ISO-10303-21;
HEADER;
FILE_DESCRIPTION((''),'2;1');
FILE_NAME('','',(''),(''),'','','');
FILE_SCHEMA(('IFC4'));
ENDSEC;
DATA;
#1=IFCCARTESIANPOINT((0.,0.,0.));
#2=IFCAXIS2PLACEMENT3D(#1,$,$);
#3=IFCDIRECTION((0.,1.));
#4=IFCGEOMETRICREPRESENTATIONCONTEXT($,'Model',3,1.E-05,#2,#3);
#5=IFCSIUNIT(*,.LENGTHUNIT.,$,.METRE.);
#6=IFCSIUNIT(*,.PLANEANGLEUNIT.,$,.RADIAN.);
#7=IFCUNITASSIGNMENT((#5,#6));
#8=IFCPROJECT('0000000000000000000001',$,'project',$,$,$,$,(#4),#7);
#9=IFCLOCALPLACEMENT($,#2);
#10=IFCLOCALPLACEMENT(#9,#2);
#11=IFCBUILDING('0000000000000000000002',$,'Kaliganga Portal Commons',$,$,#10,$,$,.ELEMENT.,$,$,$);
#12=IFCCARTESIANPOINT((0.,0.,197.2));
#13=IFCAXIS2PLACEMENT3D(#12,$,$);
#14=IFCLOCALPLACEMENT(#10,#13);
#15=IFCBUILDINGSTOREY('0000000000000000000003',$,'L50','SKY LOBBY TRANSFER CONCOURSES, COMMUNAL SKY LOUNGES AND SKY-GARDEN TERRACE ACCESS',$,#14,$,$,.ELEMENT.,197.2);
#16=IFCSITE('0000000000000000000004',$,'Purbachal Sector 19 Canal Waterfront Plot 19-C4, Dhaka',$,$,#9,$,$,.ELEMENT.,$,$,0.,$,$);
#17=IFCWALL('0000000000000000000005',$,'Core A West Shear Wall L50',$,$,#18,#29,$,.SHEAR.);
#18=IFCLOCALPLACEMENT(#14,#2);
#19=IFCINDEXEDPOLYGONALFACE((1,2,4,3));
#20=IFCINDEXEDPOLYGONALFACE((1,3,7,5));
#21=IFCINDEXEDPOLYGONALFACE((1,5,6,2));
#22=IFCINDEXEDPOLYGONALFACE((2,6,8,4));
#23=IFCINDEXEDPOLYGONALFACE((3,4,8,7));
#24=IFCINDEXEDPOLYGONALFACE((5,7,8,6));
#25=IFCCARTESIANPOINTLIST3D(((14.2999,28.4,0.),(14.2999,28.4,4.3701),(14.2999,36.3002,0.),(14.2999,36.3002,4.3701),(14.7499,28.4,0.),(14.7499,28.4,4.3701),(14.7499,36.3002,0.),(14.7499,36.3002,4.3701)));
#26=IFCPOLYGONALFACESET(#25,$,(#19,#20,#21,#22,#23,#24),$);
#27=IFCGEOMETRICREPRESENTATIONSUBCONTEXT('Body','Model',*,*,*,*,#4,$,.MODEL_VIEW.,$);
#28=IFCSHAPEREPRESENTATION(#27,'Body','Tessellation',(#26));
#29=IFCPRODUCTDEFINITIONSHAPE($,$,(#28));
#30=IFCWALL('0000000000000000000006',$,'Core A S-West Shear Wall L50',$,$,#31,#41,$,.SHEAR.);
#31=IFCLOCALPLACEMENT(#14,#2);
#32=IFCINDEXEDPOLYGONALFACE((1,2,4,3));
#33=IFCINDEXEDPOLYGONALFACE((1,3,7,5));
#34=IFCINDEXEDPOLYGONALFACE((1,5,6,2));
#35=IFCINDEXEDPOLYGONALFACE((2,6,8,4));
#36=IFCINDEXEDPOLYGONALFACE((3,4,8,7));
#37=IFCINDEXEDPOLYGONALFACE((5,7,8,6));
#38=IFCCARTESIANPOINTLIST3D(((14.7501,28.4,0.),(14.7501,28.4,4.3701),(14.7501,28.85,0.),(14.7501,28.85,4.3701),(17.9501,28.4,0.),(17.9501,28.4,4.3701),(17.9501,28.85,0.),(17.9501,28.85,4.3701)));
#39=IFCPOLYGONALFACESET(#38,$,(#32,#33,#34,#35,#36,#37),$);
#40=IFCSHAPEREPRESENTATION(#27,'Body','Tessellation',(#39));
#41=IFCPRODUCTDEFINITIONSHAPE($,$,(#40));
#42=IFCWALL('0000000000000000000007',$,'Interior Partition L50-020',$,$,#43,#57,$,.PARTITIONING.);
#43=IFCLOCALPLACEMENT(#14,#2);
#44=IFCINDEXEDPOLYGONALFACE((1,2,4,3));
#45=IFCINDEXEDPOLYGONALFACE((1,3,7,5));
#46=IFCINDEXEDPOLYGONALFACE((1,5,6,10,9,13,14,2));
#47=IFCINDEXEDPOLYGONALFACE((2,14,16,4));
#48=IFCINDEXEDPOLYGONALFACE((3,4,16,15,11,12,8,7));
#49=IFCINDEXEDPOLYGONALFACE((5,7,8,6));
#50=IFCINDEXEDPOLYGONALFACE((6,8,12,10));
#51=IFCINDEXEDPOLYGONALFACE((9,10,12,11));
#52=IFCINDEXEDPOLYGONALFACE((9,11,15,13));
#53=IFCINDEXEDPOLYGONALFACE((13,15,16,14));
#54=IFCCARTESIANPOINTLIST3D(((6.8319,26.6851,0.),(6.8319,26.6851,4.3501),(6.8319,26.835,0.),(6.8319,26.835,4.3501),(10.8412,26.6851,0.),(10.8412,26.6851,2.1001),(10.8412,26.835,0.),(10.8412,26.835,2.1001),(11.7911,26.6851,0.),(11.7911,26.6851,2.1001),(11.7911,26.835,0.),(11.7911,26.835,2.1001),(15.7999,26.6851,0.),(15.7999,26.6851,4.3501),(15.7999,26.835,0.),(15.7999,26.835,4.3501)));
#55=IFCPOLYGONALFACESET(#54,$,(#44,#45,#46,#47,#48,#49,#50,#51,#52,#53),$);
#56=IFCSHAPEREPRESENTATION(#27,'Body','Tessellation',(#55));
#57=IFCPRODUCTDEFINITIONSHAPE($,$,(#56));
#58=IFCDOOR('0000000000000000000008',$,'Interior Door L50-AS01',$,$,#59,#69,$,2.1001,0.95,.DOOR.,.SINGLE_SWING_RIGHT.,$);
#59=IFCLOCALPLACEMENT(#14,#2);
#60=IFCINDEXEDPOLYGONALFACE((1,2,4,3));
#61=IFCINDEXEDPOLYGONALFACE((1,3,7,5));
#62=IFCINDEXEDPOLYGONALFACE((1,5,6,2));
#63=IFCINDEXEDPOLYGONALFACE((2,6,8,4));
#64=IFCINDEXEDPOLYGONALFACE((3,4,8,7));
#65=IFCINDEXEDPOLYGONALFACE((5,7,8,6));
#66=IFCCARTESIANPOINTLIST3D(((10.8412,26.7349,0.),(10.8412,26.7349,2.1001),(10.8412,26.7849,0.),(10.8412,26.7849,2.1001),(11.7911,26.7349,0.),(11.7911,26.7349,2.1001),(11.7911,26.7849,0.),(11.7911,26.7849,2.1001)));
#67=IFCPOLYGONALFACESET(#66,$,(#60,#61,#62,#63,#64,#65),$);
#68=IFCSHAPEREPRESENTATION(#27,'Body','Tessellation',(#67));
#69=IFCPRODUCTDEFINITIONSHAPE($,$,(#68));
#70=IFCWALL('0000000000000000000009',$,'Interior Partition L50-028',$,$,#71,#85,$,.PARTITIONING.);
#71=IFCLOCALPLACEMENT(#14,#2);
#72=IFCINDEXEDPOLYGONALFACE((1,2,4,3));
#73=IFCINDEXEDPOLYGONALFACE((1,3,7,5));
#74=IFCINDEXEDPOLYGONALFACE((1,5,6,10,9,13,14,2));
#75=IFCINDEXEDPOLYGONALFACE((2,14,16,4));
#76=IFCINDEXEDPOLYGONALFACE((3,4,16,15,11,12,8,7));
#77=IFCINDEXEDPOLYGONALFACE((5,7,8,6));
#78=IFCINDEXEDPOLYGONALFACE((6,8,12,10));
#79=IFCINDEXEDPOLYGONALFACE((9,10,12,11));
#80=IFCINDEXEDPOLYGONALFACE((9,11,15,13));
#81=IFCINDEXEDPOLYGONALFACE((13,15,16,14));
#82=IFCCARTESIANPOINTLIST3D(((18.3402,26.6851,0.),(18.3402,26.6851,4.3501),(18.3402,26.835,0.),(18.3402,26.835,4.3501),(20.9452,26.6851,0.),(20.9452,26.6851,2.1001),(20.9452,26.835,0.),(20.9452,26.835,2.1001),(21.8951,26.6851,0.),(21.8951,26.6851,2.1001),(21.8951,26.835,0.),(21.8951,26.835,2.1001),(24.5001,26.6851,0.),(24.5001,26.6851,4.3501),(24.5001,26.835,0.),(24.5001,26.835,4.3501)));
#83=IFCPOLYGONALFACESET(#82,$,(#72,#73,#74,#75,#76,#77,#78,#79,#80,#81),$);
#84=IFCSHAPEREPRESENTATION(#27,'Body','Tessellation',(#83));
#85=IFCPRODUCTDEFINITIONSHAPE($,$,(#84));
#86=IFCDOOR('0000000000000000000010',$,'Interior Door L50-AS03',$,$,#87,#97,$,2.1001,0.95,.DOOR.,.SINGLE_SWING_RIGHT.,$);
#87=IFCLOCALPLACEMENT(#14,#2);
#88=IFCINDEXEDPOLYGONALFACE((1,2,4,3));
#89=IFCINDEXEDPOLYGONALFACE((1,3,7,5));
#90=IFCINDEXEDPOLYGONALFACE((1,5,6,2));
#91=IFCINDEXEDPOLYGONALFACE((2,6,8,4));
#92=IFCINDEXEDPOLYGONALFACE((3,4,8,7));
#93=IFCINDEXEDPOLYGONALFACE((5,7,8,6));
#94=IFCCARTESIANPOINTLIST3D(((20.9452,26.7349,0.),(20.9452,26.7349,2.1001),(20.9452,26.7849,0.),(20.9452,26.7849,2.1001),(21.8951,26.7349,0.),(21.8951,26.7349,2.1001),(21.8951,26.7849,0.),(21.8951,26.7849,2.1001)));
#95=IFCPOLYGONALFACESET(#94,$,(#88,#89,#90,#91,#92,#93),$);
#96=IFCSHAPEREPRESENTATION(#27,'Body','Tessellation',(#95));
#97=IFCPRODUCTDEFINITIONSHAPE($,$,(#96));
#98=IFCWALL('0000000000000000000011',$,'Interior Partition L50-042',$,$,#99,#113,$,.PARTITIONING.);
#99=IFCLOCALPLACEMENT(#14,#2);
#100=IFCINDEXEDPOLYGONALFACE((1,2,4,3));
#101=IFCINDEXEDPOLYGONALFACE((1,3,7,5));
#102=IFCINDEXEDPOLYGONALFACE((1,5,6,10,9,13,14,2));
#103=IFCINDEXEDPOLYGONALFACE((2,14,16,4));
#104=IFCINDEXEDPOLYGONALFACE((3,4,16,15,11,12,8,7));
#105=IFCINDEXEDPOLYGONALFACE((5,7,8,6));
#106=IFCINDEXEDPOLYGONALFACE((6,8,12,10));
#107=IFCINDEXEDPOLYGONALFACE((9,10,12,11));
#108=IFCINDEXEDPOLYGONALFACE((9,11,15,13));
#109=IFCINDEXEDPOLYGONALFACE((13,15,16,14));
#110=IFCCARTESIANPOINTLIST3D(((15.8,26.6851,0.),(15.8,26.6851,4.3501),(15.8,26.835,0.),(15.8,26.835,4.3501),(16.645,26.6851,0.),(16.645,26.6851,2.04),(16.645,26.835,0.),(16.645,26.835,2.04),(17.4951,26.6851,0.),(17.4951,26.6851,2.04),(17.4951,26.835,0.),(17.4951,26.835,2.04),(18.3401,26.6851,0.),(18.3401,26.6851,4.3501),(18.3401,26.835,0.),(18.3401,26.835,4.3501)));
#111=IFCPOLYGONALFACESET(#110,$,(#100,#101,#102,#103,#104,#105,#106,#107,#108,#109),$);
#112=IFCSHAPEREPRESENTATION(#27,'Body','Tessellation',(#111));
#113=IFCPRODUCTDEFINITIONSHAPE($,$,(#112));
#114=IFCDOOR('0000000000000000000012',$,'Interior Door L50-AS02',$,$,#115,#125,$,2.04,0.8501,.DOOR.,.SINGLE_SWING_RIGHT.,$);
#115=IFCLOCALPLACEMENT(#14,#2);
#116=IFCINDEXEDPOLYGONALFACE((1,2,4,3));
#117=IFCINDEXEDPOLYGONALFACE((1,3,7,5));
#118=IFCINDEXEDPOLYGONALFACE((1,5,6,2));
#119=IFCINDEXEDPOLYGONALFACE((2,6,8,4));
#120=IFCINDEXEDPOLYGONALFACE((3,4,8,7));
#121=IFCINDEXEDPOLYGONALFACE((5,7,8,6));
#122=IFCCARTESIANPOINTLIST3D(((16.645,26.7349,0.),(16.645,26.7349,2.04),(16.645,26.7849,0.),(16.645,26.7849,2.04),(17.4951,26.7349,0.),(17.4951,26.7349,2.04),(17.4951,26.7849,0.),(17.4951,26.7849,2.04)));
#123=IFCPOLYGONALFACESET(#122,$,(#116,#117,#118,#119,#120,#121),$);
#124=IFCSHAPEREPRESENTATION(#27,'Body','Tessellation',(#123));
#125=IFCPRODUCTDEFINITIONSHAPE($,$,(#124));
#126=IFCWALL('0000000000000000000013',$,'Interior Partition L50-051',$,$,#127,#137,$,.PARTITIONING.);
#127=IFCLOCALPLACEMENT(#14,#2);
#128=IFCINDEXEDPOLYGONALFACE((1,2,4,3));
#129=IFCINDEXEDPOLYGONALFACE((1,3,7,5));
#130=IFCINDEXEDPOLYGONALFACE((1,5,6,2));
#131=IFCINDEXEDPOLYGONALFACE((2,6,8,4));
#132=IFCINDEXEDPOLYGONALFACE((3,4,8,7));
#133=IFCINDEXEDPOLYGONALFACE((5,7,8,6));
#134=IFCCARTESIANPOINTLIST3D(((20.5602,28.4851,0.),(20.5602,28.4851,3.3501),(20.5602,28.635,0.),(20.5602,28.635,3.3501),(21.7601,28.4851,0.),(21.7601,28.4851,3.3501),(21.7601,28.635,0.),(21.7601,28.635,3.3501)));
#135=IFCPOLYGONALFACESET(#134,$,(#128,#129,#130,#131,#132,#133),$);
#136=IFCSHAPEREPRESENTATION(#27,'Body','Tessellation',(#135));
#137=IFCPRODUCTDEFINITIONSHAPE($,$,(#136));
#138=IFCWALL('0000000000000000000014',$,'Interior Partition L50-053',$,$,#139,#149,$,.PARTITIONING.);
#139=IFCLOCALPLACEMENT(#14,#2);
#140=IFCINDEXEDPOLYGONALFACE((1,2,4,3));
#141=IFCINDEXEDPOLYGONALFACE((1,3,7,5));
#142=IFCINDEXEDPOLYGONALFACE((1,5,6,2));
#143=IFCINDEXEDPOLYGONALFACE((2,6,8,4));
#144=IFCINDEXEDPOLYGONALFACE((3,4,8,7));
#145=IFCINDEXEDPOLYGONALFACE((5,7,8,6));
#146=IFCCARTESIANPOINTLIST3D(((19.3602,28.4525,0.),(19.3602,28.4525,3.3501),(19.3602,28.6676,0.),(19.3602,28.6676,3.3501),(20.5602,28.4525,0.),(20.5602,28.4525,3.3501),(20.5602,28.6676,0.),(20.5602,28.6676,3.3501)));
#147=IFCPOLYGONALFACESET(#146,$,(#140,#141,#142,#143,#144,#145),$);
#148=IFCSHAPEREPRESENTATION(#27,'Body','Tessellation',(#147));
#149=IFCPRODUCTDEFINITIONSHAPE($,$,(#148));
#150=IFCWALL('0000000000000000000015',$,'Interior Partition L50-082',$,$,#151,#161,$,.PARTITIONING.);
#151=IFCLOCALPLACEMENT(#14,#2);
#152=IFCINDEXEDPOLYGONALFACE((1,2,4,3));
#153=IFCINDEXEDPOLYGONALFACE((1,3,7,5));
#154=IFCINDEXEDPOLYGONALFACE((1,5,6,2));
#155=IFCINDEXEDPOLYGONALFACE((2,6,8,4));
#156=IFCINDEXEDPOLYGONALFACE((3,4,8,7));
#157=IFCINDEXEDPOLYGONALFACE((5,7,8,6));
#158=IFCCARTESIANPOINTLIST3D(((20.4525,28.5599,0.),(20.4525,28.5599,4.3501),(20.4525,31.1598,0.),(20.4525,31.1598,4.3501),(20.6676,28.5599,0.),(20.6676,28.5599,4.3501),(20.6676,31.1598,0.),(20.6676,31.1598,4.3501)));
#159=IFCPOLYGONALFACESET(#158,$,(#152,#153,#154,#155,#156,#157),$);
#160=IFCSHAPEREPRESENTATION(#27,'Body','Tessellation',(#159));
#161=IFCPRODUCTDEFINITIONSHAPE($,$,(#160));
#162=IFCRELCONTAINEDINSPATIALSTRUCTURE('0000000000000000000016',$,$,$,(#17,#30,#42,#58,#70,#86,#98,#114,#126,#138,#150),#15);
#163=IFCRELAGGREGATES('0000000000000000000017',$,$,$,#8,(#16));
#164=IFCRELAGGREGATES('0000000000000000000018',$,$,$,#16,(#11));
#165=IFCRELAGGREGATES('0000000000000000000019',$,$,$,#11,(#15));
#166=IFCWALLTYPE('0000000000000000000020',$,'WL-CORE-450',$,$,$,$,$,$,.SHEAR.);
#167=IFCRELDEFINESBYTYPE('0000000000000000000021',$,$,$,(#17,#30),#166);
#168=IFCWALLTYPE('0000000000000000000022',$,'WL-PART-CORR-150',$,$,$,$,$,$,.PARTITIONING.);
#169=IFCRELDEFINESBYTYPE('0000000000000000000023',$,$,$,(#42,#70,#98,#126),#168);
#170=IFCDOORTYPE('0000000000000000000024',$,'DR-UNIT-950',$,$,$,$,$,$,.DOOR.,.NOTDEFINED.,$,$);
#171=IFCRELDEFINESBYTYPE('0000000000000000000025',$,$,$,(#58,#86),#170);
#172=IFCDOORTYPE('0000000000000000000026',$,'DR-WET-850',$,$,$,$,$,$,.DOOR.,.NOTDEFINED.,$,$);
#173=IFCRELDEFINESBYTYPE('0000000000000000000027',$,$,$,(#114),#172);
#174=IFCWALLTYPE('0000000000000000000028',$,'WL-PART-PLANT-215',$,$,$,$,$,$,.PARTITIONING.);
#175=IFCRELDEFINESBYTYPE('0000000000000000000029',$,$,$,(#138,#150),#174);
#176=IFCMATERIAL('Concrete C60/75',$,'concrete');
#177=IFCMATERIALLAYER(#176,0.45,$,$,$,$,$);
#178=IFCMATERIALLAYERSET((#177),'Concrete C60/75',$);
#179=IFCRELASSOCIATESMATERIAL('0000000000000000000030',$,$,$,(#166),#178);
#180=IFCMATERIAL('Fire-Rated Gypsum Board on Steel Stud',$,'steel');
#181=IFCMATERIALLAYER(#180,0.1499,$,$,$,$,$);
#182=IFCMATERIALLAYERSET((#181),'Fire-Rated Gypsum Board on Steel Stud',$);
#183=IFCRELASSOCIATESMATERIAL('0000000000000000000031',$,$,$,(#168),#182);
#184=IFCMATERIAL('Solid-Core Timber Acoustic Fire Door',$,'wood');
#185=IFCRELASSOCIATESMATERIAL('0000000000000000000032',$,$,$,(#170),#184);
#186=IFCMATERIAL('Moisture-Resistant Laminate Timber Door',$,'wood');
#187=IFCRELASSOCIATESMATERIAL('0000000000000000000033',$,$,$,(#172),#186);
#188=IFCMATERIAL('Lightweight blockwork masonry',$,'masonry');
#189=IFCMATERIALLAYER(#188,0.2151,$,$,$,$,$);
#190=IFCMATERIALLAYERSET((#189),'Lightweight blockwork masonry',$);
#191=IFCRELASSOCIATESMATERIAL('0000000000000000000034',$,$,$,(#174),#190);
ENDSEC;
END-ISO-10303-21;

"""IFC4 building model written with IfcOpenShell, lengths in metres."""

from ifc_helpers import new_model, si_unit, direction, frame, frame_2d, origin, place, context, subcontext, project, spatial, rectangle, extrude, material, layer, layer_set, type_object, element, fill, save


model = new_model("IFC4")

# Units and contexts
model_context = context("Model", 3, precision=1e-05, world=origin(), true_north=direction((0.0, 1.0)))
body_context = subcontext(model_context, "Body", "Model", "MODEL_VIEW")
ifc_project = project(units=[si_unit("LENGTHUNIT", "METRE"), si_unit("PLANEANGLEUNIT", "RADIAN")], contexts=[model_context])

# Site, building, storey
site_placement = place(None, origin())
site = spatial("IfcSite", under=ifc_project, at=site_placement, Name="Purbachal Sector 19 Canal Waterfront Plot 19-C4, Dhaka", CompositionType="ELEMENT", RefElevation=0.0)
building_placement = place(site_placement, origin())
building = spatial("IfcBuilding", under=site, at=building_placement, Name="Kaliganga Portal Commons", CompositionType="ELEMENT")
storey_placement = place(building_placement, frame((0.0, 0.0, 197.2)))
storey = spatial("IfcBuildingStorey", under=building, at=storey_placement, Name="L50", Description="SKY LOBBY TRANSFER CONCOURSES, COMMUNAL SKY LOUNGES AND SKY-GARDEN TERRACE ACCESS", CompositionType="ELEMENT", Elevation=197.2)

# Walls
ifc_material_1 = material(Name="Concrete C60/75", Category="concrete")
ifc_layer_1 = layer(ifc_material_1, 0.45)
ifc_layer_set_1 = layer_set([ifc_layer_1], Name="Concrete C60/75")
wall_type_1 = type_object("IfcWallType", Name="WL-CORE-450", PredefinedType="SHEAR", material=ifc_layer_set_1)
wall_1_placement = place(storey_placement, frame((14.5249, 28.3999, 0.0), z_axis=(0.0, 0.0, 1.0), x_axis=(0.0, 1.0, 0.0)))
element("IfcWall", 1, at=wall_1_placement, inside=storey, type_object=wall_type_1, Name="Core A West Shear Wall L50", PredefinedType="SHEAR", context=body_context, shape_type="SweptSolid", body=[
    extrude(rectangle(XDim=7.9001, YDim=0.45, at=frame_2d((3.9502, 0.0))), origin(), (0.0, 0.0, 1.0), 4.3701),
])
wall_2_placement = place(storey_placement, frame((14.75, 28.625, 0.0), z_axis=(0.0, 0.0, 1.0), x_axis=(1.0, 0.0, 0.0)))
element("IfcWall", 2, at=wall_2_placement, inside=storey, type_object=wall_type_1, Name="Core A S-West Shear Wall L50", PredefinedType="SHEAR", context=body_context, shape_type="SweptSolid", body=[
    extrude(rectangle(XDim=3.2, YDim=0.45, at=frame_2d((1.6001, 0.0))), origin(), (0.0, 0.0, 1.0), 4.3701),
])

# Walls, openings, doors
ifc_material_2 = material(Name="Fire-Rated Gypsum Board on Steel Stud", Category="steel")
ifc_layer_2 = layer(ifc_material_2, 0.1499)
ifc_layer_set_2 = layer_set([ifc_layer_2], Name="Fire-Rated Gypsum Board on Steel Stud")
wall_type_2 = type_object("IfcWallType", Name="WL-PART-CORR-150", PredefinedType="PARTITIONING", material=ifc_layer_set_2)
wall_3_placement = place(storey_placement, frame((6.832, 26.76, 0.0), z_axis=(0.0, 0.0, 1.0), x_axis=(1.0, 0.0, 0.0)))
wall_3 = element("IfcWall", 3, at=wall_3_placement, inside=storey, type_object=wall_type_2, Name="Interior Partition L50-020", PredefinedType="PARTITIONING", context=body_context, shape_type="SweptSolid", body=[
    extrude(rectangle(XDim=8.968, YDim=0.1499, at=frame_2d((4.4839, 0.0))), origin(), (0.0, 0.0, 1.0), 4.3501),
])
opening_1_placement = place(wall_3_placement, frame((4.009, 0.0, 0.0)))
opening_1 = element("IfcOpeningElement", 4, at=opening_1_placement, cuts=wall_3, PredefinedType="OPENING", context=body_context, shape_type="SweptSolid", body=[
    extrude(rectangle(XDim=0.95, YDim=2.1001, at=frame_2d((0.4751, 1.05))), frame((0.0, 0.085, 0.0), z_axis=(0.0, -1.0, 0.0), x_axis=(1.0, 0.0, 0.0)), (0.0, 0.0, 1.0), 0.1699),
])
ifc_material_3 = material(Name="Solid-Core Timber Acoustic Fire Door", Category="wood")
door_type_1 = type_object("IfcDoorType", Name="DR-UNIT-950", OperationType="NOTDEFINED", PredefinedType="DOOR", material=ifc_material_3)
door_1_placement = place(opening_1_placement, origin())
door_1 = element("IfcDoor", 5, at=door_1_placement, inside=storey, type_object=door_type_1, Name="Interior Door L50-AS01", OperationType="SINGLE_SWING_RIGHT", OverallHeight=2.1001, OverallWidth=0.95, PredefinedType="DOOR", context=body_context, shape_type="SweptSolid", body=[
    extrude(rectangle(XDim=0.95, YDim=2.1001, at=frame_2d((0.4751, 1.05))), frame((0.0, 0.0249, 0.0), z_axis=(0.0, -1.0, 0.0), x_axis=(1.0, 0.0, 0.0)), (0.0, 0.0, 1.0), 0.05),
])
fill(opening_1, door_1)
wall_4_placement = place(storey_placement, frame((18.3401, 26.76, 0.0), z_axis=(0.0, 0.0, 1.0), x_axis=(1.0, 0.0, 0.0)))
wall_4 = element("IfcWall", 6, at=wall_4_placement, inside=storey, type_object=wall_type_2, Name="Interior Partition L50-028", PredefinedType="PARTITIONING", context=body_context, shape_type="SweptSolid", body=[
    extrude(rectangle(XDim=6.1599, YDim=0.1499, at=frame_2d((3.0801, 0.0))), origin(), (0.0, 0.0, 1.0), 4.3501),
])
opening_2_placement = place(wall_4_placement, frame((2.605, 0.0, 0.0)))
opening_2 = element("IfcOpeningElement", 7, at=opening_2_placement, cuts=wall_4, PredefinedType="OPENING", context=body_context, shape_type="SweptSolid", body=[
    extrude(rectangle(XDim=0.95, YDim=2.1001, at=frame_2d((0.4751, 1.05))), frame((0.0, 0.085, 0.0), z_axis=(0.0, -1.0, 0.0), x_axis=(1.0, 0.0, 0.0)), (0.0, 0.0, 1.0), 0.1699),
])
door_2_placement = place(opening_2_placement, origin())
door_2 = element("IfcDoor", 8, at=door_2_placement, inside=storey, type_object=door_type_1, Name="Interior Door L50-AS03", OperationType="SINGLE_SWING_RIGHT", OverallHeight=2.1001, OverallWidth=0.95, PredefinedType="DOOR", context=body_context, shape_type="SweptSolid", body=[
    extrude(rectangle(XDim=0.95, YDim=2.1001, at=frame_2d((0.4751, 1.05))), frame((0.0, 0.0249, 0.0), z_axis=(0.0, -1.0, 0.0), x_axis=(1.0, 0.0, 0.0)), (0.0, 0.0, 1.0), 0.05),
])
fill(opening_2, door_2)
wall_5_placement = place(storey_placement, frame((15.8, 26.76, 0.0), z_axis=(0.0, 0.0, 1.0), x_axis=(1.0, 0.0, 0.0)))
wall_5 = element("IfcWall", 9, at=wall_5_placement, inside=storey, type_object=wall_type_2, Name="Interior Partition L50-042", PredefinedType="PARTITIONING", context=body_context, shape_type="SweptSolid", body=[
    extrude(rectangle(XDim=2.54, YDim=0.1499, at=frame_2d((1.27, 0.0))), origin(), (0.0, 0.0, 1.0), 4.3501),
])
opening_3_placement = place(wall_5_placement, frame((0.845, 0.0, 0.0)))
opening_3 = element("IfcOpeningElement", 10, at=opening_3_placement, cuts=wall_5, PredefinedType="OPENING", context=body_context, shape_type="SweptSolid", body=[
    extrude(rectangle(XDim=0.8501, YDim=2.04, at=frame_2d((0.425, 1.02))), frame((0.0, 0.085, 0.0), z_axis=(0.0, -1.0, 0.0), x_axis=(1.0, 0.0, 0.0)), (0.0, 0.0, 1.0), 0.1699),
])
ifc_material_4 = material(Name="Moisture-Resistant Laminate Timber Door", Category="wood")
door_type_2 = type_object("IfcDoorType", Name="DR-WET-850", OperationType="NOTDEFINED", PredefinedType="DOOR", material=ifc_material_4)
door_3_placement = place(opening_3_placement, origin())
door_3 = element("IfcDoor", 11, at=door_3_placement, inside=storey, type_object=door_type_2, Name="Interior Door L50-AS02", OperationType="SINGLE_SWING_RIGHT", OverallHeight=2.04, OverallWidth=0.8501, PredefinedType="DOOR", context=body_context, shape_type="SweptSolid", body=[
    extrude(rectangle(XDim=0.8501, YDim=2.04, at=frame_2d((0.425, 1.02))), frame((0.0, 0.0249, 0.0), z_axis=(0.0, -1.0, 0.0), x_axis=(1.0, 0.0, 0.0)), (0.0, 0.0, 1.0), 0.05),
])
fill(opening_3, door_3)

# Wall
wall_6_placement = place(storey_placement, frame((20.5601, 28.5601, 0.0), z_axis=(0.0, 0.0, 1.0), x_axis=(1.0, 0.0, 0.0)))
element("IfcWall", 12, at=wall_6_placement, inside=storey, type_object=wall_type_2, Name="Interior Partition L50-051", PredefinedType="PARTITIONING", context=body_context, shape_type="SweptSolid", body=[
    extrude(rectangle(XDim=1.2, YDim=0.1499, at=frame_2d((0.6001, 0.0))), origin(), (0.0, 0.0, 1.0), 3.3501),
])

# Shared definitions
ifc_material_5 = material(Name="Lightweight blockwork masonry", Category="masonry")
ifc_layer_3 = layer(ifc_material_5, 0.2151)
ifc_layer_set_3 = layer_set([ifc_layer_3], Name="Lightweight blockwork masonry")
wall_type_3 = type_object("IfcWallType", Name="WL-PART-PLANT-215", PredefinedType="PARTITIONING", material=ifc_layer_set_3)

# Walls
wall_7_placement = place(storey_placement, frame((19.3601, 28.5601, 0.0), z_axis=(0.0, 0.0, 1.0), x_axis=(1.0, 0.0, 0.0)))
element("IfcWall", 13, at=wall_7_placement, inside=storey, type_object=wall_type_3, Name="Interior Partition L50-053", PredefinedType="PARTITIONING", context=body_context, shape_type="SweptSolid", body=[
    extrude(rectangle(XDim=1.2, YDim=0.2151, at=frame_2d((0.6001, 0.0))), origin(), (0.0, 0.0, 1.0), 3.3501),
])
wall_8_placement = place(storey_placement, frame((20.5601, 28.5601, 0.0), z_axis=(0.0, 0.0, 1.0), x_axis=(0.0, 1.0, 0.0)))
element("IfcWall", 14, at=wall_8_placement, inside=storey, type_object=wall_type_3, Name="Interior Partition L50-082", PredefinedType="PARTITIONING", context=body_context, shape_type="SweptSolid", body=[
    extrude(rectangle(XDim=2.5999, YDim=0.2151, at=frame_2d((1.2998, 0.0))), origin(), (0.0, 0.0, 1.0), 4.3501),
])

save(model, "model.ifc")
